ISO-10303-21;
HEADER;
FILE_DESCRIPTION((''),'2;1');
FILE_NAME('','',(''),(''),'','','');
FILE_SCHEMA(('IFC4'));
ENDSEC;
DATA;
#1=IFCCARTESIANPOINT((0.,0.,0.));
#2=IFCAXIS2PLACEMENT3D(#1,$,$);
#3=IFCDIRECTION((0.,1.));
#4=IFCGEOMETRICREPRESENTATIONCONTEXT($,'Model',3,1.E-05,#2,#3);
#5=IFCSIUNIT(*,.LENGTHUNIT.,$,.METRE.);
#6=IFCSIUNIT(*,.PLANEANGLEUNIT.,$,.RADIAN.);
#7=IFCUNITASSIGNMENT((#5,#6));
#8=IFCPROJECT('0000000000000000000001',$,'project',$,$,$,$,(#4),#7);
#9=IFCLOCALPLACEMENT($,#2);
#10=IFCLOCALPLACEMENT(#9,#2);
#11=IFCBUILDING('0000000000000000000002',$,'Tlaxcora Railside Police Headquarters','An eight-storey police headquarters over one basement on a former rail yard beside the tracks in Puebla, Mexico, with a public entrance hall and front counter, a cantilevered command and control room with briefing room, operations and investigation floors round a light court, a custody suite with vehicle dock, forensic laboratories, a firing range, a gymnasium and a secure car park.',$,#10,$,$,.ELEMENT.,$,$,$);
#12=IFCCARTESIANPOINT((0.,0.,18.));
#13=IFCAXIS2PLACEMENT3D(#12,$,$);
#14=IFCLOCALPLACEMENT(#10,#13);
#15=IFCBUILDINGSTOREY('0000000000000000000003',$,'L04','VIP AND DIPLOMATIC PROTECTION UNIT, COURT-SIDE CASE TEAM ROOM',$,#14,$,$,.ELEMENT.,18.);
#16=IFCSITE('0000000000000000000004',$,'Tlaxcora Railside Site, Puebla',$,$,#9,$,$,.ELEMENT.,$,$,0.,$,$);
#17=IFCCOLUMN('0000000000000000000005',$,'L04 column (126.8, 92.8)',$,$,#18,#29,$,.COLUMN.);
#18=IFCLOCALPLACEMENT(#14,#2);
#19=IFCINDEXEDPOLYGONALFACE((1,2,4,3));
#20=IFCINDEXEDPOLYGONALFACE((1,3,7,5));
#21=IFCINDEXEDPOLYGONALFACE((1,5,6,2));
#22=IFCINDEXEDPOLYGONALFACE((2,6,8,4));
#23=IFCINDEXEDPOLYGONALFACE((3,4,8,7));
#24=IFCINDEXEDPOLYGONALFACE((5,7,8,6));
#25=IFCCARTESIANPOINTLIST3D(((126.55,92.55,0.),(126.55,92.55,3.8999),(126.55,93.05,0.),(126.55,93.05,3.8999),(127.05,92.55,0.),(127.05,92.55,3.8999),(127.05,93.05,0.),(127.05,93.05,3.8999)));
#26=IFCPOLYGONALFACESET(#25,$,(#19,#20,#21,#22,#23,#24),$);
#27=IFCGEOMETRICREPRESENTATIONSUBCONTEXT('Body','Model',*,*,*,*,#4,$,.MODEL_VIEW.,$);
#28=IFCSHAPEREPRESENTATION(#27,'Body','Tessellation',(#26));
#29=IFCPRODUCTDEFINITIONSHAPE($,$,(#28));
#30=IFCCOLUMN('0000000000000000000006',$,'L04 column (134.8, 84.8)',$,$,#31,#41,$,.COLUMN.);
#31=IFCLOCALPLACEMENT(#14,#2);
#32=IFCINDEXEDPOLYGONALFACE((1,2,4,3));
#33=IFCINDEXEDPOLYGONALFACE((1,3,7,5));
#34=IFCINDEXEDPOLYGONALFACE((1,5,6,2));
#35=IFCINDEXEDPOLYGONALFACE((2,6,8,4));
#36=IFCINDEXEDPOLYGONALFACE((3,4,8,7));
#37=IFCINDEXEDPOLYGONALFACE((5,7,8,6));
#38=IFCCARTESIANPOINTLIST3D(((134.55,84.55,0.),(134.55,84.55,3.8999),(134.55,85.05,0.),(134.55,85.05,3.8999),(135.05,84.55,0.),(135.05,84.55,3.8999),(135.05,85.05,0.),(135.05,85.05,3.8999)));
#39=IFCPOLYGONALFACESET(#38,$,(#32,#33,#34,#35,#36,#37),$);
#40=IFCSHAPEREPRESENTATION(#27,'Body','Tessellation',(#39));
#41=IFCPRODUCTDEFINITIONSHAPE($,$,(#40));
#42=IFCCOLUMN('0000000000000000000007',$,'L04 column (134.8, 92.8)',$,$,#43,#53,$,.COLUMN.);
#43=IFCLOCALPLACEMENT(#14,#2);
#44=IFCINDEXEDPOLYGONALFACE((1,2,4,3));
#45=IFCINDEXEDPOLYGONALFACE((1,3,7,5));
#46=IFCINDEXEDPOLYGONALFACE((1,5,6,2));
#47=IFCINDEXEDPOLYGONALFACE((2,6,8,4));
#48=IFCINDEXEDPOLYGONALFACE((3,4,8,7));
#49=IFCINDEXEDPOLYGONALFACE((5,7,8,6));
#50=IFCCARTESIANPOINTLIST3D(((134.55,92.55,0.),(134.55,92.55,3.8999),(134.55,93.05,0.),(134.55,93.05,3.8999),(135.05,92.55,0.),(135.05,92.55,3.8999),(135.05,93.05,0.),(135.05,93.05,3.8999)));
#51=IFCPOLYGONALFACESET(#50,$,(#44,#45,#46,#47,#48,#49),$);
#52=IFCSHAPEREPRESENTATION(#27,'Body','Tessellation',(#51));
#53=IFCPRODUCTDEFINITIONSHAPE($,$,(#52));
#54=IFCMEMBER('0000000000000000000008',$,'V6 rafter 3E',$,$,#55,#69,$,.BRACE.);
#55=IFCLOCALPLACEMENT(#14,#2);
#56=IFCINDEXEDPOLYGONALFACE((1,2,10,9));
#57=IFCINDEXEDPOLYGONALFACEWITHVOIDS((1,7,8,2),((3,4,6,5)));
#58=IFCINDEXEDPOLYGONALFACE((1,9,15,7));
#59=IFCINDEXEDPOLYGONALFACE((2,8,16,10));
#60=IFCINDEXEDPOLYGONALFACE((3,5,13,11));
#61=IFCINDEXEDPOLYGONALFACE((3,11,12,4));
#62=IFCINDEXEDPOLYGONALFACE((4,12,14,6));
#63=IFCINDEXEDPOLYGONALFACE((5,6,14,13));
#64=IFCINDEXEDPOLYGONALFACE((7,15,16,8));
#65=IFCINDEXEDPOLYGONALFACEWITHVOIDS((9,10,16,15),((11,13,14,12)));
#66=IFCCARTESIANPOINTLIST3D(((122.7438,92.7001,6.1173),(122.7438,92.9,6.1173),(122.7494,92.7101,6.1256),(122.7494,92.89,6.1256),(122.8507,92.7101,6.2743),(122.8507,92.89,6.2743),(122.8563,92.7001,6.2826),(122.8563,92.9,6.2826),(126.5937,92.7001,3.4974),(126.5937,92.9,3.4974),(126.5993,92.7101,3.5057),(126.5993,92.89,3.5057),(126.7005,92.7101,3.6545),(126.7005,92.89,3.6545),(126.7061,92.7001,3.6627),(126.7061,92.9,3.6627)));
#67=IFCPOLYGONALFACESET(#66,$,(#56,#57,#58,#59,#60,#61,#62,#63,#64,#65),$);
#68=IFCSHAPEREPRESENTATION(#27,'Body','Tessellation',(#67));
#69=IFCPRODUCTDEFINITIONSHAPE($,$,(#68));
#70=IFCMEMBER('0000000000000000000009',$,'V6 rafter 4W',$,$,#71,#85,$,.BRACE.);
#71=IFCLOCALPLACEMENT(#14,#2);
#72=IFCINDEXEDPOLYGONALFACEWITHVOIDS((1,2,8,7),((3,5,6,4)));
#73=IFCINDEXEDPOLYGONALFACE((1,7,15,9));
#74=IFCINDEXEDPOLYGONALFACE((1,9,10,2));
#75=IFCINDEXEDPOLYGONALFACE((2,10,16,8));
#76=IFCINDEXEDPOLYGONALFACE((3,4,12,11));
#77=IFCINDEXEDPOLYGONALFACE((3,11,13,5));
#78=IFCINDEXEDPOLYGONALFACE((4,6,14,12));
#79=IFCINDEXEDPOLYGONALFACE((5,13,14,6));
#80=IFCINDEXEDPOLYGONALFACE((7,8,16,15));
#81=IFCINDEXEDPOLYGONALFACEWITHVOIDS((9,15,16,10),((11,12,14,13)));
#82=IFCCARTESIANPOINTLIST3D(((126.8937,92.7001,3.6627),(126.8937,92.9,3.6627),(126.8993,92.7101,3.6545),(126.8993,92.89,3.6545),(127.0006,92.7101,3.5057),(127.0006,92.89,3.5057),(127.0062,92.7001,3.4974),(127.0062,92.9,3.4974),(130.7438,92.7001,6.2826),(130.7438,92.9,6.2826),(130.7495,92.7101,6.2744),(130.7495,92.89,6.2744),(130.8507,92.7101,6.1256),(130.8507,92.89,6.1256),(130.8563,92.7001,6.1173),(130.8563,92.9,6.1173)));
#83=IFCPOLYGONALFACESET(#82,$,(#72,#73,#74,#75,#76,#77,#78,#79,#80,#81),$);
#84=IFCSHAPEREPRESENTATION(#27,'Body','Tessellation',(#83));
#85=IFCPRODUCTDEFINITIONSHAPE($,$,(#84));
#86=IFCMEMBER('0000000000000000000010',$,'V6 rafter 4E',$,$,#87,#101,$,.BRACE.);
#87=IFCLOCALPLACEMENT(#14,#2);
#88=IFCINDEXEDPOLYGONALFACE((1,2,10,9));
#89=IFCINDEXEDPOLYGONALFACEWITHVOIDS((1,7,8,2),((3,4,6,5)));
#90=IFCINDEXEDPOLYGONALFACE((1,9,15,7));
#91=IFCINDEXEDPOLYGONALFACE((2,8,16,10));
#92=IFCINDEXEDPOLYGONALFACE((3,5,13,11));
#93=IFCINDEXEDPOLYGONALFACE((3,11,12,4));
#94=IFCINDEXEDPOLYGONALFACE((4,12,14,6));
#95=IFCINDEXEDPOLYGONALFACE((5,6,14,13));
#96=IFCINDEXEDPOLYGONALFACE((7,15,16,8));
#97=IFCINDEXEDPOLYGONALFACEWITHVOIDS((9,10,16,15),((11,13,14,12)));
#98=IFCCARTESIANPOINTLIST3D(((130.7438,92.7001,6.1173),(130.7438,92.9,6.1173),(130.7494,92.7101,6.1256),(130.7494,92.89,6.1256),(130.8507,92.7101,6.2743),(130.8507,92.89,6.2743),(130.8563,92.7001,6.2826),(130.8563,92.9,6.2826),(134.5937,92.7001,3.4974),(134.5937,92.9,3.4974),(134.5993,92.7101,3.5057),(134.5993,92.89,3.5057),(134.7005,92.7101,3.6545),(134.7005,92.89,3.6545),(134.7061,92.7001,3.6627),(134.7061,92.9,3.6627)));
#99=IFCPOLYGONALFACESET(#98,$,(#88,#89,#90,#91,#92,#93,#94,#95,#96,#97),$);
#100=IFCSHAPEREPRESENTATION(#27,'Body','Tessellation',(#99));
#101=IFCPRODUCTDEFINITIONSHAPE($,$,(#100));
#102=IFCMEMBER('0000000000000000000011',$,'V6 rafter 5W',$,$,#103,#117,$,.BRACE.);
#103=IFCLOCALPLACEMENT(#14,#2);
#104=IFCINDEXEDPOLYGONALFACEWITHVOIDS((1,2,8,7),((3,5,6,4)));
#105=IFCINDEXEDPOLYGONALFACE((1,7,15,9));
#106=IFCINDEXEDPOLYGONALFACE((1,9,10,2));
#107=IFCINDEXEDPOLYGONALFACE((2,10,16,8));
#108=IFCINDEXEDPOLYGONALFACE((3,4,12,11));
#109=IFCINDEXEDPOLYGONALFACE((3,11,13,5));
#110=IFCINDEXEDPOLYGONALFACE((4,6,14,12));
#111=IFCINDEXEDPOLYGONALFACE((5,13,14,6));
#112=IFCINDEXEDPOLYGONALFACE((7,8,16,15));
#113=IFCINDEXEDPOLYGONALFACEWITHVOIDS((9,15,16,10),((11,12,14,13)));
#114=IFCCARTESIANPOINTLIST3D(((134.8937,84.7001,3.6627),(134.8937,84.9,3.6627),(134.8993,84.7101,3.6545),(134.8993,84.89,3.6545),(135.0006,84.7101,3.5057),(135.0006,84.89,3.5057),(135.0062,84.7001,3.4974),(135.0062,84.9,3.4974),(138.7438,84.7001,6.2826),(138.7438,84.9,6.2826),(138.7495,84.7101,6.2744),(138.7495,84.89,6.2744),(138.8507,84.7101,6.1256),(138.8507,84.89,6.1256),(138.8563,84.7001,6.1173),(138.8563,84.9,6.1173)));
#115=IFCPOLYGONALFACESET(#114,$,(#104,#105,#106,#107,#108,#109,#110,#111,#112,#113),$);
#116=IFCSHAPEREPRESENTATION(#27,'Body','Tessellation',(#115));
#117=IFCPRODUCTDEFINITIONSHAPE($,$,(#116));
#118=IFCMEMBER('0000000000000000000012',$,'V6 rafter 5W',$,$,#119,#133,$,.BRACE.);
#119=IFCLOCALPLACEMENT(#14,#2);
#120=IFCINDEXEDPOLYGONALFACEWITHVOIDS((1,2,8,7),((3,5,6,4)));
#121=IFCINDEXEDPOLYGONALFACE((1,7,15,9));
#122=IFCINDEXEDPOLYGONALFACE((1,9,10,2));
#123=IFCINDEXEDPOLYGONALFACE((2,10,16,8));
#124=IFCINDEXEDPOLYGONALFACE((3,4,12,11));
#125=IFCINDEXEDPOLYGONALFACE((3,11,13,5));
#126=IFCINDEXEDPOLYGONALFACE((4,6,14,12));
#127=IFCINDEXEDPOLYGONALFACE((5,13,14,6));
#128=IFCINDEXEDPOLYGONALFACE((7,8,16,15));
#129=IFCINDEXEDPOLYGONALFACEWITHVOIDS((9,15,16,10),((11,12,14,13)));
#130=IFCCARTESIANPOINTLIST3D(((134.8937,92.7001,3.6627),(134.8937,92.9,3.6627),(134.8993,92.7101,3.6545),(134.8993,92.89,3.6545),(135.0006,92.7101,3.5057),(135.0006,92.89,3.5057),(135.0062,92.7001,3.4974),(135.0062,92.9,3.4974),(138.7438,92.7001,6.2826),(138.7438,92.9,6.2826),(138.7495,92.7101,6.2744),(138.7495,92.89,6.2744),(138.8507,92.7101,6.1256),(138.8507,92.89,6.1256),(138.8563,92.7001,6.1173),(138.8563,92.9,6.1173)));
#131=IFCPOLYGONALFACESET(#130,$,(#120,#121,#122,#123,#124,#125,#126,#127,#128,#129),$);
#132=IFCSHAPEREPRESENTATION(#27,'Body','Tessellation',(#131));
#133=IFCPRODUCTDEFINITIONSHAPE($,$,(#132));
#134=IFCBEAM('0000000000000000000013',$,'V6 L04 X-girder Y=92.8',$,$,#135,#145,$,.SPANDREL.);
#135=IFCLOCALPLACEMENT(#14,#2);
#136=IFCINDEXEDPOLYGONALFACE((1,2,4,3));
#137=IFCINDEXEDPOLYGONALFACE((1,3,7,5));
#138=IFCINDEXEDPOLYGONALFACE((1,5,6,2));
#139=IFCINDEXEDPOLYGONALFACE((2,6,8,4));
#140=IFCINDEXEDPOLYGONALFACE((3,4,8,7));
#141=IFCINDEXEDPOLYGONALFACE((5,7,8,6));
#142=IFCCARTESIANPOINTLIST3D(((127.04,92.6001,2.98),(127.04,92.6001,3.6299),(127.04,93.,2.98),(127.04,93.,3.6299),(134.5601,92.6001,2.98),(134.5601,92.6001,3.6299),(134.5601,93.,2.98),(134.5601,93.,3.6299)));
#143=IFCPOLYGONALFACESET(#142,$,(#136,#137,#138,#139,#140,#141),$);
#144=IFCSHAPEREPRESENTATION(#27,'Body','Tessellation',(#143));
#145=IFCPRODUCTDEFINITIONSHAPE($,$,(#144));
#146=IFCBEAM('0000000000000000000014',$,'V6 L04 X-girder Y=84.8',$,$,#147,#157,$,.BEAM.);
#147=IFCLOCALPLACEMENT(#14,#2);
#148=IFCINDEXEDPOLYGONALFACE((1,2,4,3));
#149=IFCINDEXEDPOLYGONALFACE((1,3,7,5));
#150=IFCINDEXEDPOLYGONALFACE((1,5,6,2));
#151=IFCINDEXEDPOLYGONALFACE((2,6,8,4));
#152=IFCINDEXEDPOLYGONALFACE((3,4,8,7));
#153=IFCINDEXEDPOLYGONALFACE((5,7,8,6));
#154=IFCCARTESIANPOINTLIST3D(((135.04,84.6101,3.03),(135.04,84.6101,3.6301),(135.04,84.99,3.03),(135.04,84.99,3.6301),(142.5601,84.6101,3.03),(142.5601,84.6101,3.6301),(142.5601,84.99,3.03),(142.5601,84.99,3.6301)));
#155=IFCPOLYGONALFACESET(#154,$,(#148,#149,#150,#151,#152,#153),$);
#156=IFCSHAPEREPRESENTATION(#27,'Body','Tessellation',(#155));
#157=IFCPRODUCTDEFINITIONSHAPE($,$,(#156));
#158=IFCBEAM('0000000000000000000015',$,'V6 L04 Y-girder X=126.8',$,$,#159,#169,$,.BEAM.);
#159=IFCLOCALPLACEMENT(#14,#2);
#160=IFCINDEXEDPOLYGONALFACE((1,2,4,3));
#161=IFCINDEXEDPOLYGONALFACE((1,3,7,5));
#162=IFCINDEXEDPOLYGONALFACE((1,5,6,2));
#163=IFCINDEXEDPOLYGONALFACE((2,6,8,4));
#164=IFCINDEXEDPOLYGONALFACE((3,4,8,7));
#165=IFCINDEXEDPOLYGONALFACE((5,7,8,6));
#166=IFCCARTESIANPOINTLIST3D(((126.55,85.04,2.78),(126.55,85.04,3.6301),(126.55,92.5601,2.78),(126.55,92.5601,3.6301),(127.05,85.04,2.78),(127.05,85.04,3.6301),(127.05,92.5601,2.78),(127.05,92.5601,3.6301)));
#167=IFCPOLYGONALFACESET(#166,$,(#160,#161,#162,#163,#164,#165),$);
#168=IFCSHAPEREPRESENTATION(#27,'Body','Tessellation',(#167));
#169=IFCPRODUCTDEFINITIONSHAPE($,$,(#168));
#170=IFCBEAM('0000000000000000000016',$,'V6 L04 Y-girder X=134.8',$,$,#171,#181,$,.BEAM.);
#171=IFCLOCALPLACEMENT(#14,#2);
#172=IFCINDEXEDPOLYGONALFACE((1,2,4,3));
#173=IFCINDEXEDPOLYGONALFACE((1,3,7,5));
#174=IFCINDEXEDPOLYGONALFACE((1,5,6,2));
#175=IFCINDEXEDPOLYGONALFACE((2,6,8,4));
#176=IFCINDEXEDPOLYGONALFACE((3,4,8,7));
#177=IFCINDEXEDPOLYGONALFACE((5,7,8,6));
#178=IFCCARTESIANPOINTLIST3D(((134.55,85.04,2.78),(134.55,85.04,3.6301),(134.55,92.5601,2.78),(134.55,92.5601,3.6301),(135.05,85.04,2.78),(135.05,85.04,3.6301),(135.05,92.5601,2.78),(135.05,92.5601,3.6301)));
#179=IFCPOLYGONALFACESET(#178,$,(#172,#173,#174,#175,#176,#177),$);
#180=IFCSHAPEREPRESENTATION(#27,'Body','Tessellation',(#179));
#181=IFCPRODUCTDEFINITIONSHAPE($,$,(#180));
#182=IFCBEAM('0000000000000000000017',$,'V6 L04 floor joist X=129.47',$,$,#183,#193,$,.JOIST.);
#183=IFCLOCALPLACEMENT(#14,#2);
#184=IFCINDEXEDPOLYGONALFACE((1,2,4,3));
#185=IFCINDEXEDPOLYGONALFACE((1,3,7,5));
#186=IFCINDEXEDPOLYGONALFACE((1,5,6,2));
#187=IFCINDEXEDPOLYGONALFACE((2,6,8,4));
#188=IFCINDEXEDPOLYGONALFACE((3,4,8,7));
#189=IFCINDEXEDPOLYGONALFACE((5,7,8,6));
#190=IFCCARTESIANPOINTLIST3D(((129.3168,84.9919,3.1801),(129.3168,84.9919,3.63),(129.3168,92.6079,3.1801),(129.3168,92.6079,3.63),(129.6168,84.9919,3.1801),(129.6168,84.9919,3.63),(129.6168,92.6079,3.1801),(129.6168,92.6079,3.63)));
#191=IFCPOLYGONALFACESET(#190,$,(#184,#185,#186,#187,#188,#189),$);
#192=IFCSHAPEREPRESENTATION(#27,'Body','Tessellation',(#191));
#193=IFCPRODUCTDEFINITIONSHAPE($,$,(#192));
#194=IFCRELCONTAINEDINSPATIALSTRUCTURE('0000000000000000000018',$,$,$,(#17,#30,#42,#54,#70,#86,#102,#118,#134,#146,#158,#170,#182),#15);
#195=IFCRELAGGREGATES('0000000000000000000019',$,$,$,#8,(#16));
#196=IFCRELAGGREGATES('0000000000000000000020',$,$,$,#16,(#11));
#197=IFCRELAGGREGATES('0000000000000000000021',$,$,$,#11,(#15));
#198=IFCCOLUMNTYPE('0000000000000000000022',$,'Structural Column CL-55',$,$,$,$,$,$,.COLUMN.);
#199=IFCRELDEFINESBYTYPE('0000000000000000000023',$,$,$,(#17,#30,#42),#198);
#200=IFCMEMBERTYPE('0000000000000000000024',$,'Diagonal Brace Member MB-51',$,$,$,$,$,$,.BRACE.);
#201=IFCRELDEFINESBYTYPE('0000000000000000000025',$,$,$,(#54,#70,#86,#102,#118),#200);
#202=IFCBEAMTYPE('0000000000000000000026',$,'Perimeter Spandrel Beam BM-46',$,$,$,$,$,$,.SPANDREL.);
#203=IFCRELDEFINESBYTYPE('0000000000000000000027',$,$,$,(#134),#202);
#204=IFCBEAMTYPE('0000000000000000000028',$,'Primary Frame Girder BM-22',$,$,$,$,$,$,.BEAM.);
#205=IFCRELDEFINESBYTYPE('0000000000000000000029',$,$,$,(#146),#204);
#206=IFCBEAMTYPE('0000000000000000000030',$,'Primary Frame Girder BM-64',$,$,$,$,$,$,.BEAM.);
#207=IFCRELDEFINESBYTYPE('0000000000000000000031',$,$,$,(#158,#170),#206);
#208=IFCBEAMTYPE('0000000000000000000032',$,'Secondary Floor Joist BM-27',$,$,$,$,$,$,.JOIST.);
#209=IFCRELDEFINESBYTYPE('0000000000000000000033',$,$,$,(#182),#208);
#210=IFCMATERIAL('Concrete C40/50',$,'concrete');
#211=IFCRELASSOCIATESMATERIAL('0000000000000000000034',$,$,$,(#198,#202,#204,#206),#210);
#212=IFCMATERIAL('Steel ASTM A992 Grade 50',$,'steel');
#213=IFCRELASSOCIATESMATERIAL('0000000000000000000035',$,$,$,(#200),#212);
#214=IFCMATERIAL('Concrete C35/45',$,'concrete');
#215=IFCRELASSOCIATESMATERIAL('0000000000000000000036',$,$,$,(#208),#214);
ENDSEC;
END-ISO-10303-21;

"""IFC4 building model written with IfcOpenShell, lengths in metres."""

from ifc_helpers import new_model, si_unit, direction, frame, origin, origin_2d, place, context, subcontext, project, spatial, rectangle, hollow_rectangle, extrude, material, material_profile, profile_set, type_object, element, save


model = new_model("IFC4")

# Units and contexts
model_context = context("Model", 3, precision=1e-05, world=origin(), true_north=direction((0.0, 1.0)))
body_context = subcontext(model_context, "Body", "Model", "MODEL_VIEW")
ifc_project = project(units=[si_unit("LENGTHUNIT", "METRE"), si_unit("PLANEANGLEUNIT", "RADIAN")], contexts=[model_context])

# Site, building, storey
site_placement = place(None, origin())
site = spatial("IfcSite", under=ifc_project, at=site_placement, Name="Tlaxcora Railside Site, Puebla", CompositionType="ELEMENT", RefElevation=0.0)
building_placement = place(site_placement, origin())
building = spatial("IfcBuilding", under=site, at=building_placement, Name="Tlaxcora Railside Police Headquarters", Description="An eight-storey police headquarters over one basement on a former rail yard beside the tracks in Puebla, Mexico, with a public entrance hall and front counter, a cantilevered command and control room with briefing room, operations and investigation floors round a light court, a custody suite with vehicle dock, forensic laboratories, a firing range, a gymnasium and a secure car park.", CompositionType="ELEMENT")
storey_placement = place(building_placement, frame((0.0, 0.0, 18.0)))
storey = spatial("IfcBuildingStorey", under=building, at=storey_placement, Name="L04", Description="VIP AND DIPLOMATIC PROTECTION UNIT, COURT-SIDE CASE TEAM ROOM", CompositionType="ELEMENT", Elevation=18.0)

# Columns
ifc_material_1 = material(Name="Concrete C40/50", Category="concrete")
ifc_material_profile_1 = material_profile(ifc_material_1, rectangle(XDim=0.5, YDim=0.5, at=origin_2d()), Name="RC500X500")
ifc_profile_set_1 = profile_set([ifc_material_profile_1], Name="Concrete C40/50")
column_type = type_object("IfcColumnType", Name="Structural Column CL-55", PredefinedType="COLUMN", material=ifc_profile_set_1)
for number, where, z_axis, x_axis, name in (
    (1, (126.8, 92.8, 0.0), (0.0, 0.0, 1.0), (1.0, 0.0, 0.0), "L04 column (126.8, 92.8)"),
    (2, (134.8, 84.8, 0.0), (0.0, 0.0, 1.0), (1.0, 0.0, 0.0), "L04 column (134.8, 84.8)"),
    (3, (134.8, 92.8, 0.0), (0.0, 0.0, 1.0), (1.0, 0.0, 0.0), "L04 column (134.8, 92.8)"),
):
    element("IfcColumn", number, at=place(storey_placement, frame(where, z_axis=z_axis, x_axis=x_axis)), inside=storey, type_object=column_type, Name=name, PredefinedType="COLUMN", context=body_context, shape_type="SweptSolid", body=[
        extrude(rectangle(XDim=0.5, YDim=0.5, at=origin_2d()), origin(), (0.0, 0.0, 1.0), 3.8999),
    ])

# Members
ifc_material_2 = material(Name="Steel ASTM A992 Grade 50", Category="steel")
ifc_material_profile_2 = material_profile(ifc_material_2, hollow_rectangle(XDim=0.2, YDim=0.2, WallThickness=0.01, at=origin_2d()), Name="HSS200X200X10")
ifc_profile_set_2 = profile_set([ifc_material_profile_2], Name="Steel ASTM A992 Grade 50")
member_type = type_object("IfcMemberType", Name="Diagonal Brace Member MB-51", PredefinedType="BRACE", material=ifc_profile_set_2)
member_1_placement = place(storey_placement, frame((126.6499, 92.8, 3.5801), z_axis=(-0.826729, 0.0, 0.5626), x_axis=(0.0, -1.0, 0.0)))
element("IfcMember", 4, at=member_1_placement, inside=storey, type_object=member_type, Name="V6 rafter 3E", PredefinedType="BRACE", context=body_context, shape_type="SweptSolid", body=[
    extrude(hollow_rectangle(XDim=0.2, YDim=0.2, WallThickness=0.01, at=origin_2d()), origin(), (0.0, 0.0, 1.0), 4.6567),
])
member_2_placement = place(storey_placement, frame((126.95, 92.8, 3.5801), z_axis=(0.826746, 0.0, 0.562575), x_axis=(0.0, 1.0, 0.0)))
element("IfcMember", 5, at=member_2_placement, inside=storey, type_object=member_type, Name="V6 rafter 4W", PredefinedType="BRACE", context=body_context, shape_type="SweptSolid", body=[
    extrude(hollow_rectangle(XDim=0.2, YDim=0.2, WallThickness=0.01, at=origin_2d()), origin(), (0.0, 0.0, 1.0), 4.657),
])
member_3_placement = place(storey_placement, frame((134.6499, 92.8, 3.5801), z_axis=(-0.826729, 0.0, 0.5626), x_axis=(0.0, -1.0, 0.0)))
element("IfcMember", 6, at=member_3_placement, inside=storey, type_object=member_type, Name="V6 rafter 4E", PredefinedType="BRACE", context=body_context, shape_type="SweptSolid", body=[
    extrude(hollow_rectangle(XDim=0.2, YDim=0.2, WallThickness=0.01, at=origin_2d()), origin(), (0.0, 0.0, 1.0), 4.6567),
])
for number, where, z_axis, x_axis, name in (
    (7, (134.95, 84.8, 3.5801), (0.826746, 0.0, 0.562575), (0.0, 1.0, 0.0), "V6 rafter 5W"),
    (8, (134.95, 92.8, 3.5801), (0.826746, 0.0, 0.562575), (0.0, 1.0, 0.0), "V6 rafter 5W"),
):
    element("IfcMember", number, at=place(storey_placement, frame(where, z_axis=z_axis, x_axis=x_axis)), inside=storey, type_object=member_type, Name=name, PredefinedType="BRACE", context=body_context, shape_type="SweptSolid", body=[
        extrude(hollow_rectangle(XDim=0.2, YDim=0.2, WallThickness=0.01, at=origin_2d()), origin(), (0.0, 0.0, 1.0), 4.657),
    ])

# Beams
ifc_material_profile_3 = material_profile(ifc_material_1, rectangle(XDim=0.3999, YDim=0.6499, at=origin_2d()), Name="RC400X650")
ifc_profile_set_3 = profile_set([ifc_material_profile_3], Name="Concrete C40/50")
beam_type_1 = type_object("IfcBeamType", Name="Perimeter Spandrel Beam BM-46", PredefinedType="SPANDREL", material=ifc_profile_set_3)
beam_1_placement = place(storey_placement, frame((127.04, 92.8, 3.3049), z_axis=(1.0, 0.0, 0.0), x_axis=(0.0, 1.0, 0.0)))
element("IfcBeam", 9, at=beam_1_placement, inside=storey, type_object=beam_type_1, Name="V6 L04 X-girder Y=92.8", PredefinedType="SPANDREL", context=body_context, shape_type="SweptSolid", body=[
    extrude(rectangle(XDim=0.3999, YDim=0.6499, at=origin_2d()), origin(), (0.0, 0.0, 1.0), 7.52),
])
ifc_material_profile_4 = material_profile(ifc_material_1, rectangle(XDim=0.3799, YDim=0.6001, at=origin_2d()), Name="RC380X600")
ifc_profile_set_4 = profile_set([ifc_material_profile_4], Name="Concrete C40/50")
beam_type_2 = type_object("IfcBeamType", Name="Primary Frame Girder BM-22", PredefinedType="BEAM", material=ifc_profile_set_4)
beam_2_placement = place(storey_placement, frame((135.04, 84.8, 3.3301), z_axis=(1.0, 0.0, 0.0), x_axis=(0.0, 1.0, 0.0)))
element("IfcBeam", 10, at=beam_2_placement, inside=storey, type_object=beam_type_2, Name="V6 L04 X-girder Y=84.8", PredefinedType="BEAM", context=body_context, shape_type="SweptSolid", body=[
    extrude(rectangle(XDim=0.3799, YDim=0.6001, at=origin_2d()), origin(), (0.0, 0.0, 1.0), 7.52),
])
ifc_material_profile_5 = material_profile(ifc_material_1, rectangle(XDim=0.5, YDim=0.8501, at=origin_2d()), Name="RC500X850")
ifc_profile_set_5 = profile_set([ifc_material_profile_5], Name="Concrete C40/50")
beam_type_3 = type_object("IfcBeamType", Name="Primary Frame Girder BM-64", PredefinedType="BEAM", material=ifc_profile_set_5)
for number, where, z_axis, x_axis, name in (
    (11, (126.8, 85.04, 3.2051), (0.0, 1.0, 0.0), (-1.0, 0.0, 0.0), "V6 L04 Y-girder X=126.8"),
    (12, (134.8, 85.04, 3.2051), (0.0, 1.0, 0.0), (-1.0, 0.0, 0.0), "V6 L04 Y-girder X=134.8"),
):
    element("IfcBeam", number, at=place(storey_placement, frame(where, z_axis=z_axis, x_axis=x_axis)), inside=storey, type_object=beam_type_3, Name=name, PredefinedType="BEAM", context=body_context, shape_type="SweptSolid", body=[
        extrude(rectangle(XDim=0.5, YDim=0.8501, at=origin_2d()), origin(), (0.0, 0.0, 1.0), 7.52),
    ])
ifc_material_3 = material(Name="Concrete C35/45", Category="concrete")
ifc_material_profile_6 = material_profile(ifc_material_3, rectangle(XDim=0.3, YDim=0.45, at=origin_2d()), Name="RC300X450")
ifc_profile_set_6 = profile_set([ifc_material_profile_6], Name="Concrete C35/45")
beam_type_4 = type_object("IfcBeamType", Name="Secondary Floor Joist BM-27", PredefinedType="JOIST", material=ifc_profile_set_6)
beam_3_placement = place(storey_placement, frame((129.4668, 84.9919, 3.405), z_axis=(0.0, 1.0, 0.0), x_axis=(-1.0, 0.0, 0.0)))
element("IfcBeam", 13, at=beam_3_placement, inside=storey, type_object=beam_type_4, Name="V6 L04 floor joist X=129.47", PredefinedType="JOIST", context=body_context, shape_type="SweptSolid", body=[
    extrude(rectangle(XDim=0.3, YDim=0.45, at=origin_2d()), origin(), (0.0, 0.0, 1.0), 7.616),
])

save(model, "model.ifc")
